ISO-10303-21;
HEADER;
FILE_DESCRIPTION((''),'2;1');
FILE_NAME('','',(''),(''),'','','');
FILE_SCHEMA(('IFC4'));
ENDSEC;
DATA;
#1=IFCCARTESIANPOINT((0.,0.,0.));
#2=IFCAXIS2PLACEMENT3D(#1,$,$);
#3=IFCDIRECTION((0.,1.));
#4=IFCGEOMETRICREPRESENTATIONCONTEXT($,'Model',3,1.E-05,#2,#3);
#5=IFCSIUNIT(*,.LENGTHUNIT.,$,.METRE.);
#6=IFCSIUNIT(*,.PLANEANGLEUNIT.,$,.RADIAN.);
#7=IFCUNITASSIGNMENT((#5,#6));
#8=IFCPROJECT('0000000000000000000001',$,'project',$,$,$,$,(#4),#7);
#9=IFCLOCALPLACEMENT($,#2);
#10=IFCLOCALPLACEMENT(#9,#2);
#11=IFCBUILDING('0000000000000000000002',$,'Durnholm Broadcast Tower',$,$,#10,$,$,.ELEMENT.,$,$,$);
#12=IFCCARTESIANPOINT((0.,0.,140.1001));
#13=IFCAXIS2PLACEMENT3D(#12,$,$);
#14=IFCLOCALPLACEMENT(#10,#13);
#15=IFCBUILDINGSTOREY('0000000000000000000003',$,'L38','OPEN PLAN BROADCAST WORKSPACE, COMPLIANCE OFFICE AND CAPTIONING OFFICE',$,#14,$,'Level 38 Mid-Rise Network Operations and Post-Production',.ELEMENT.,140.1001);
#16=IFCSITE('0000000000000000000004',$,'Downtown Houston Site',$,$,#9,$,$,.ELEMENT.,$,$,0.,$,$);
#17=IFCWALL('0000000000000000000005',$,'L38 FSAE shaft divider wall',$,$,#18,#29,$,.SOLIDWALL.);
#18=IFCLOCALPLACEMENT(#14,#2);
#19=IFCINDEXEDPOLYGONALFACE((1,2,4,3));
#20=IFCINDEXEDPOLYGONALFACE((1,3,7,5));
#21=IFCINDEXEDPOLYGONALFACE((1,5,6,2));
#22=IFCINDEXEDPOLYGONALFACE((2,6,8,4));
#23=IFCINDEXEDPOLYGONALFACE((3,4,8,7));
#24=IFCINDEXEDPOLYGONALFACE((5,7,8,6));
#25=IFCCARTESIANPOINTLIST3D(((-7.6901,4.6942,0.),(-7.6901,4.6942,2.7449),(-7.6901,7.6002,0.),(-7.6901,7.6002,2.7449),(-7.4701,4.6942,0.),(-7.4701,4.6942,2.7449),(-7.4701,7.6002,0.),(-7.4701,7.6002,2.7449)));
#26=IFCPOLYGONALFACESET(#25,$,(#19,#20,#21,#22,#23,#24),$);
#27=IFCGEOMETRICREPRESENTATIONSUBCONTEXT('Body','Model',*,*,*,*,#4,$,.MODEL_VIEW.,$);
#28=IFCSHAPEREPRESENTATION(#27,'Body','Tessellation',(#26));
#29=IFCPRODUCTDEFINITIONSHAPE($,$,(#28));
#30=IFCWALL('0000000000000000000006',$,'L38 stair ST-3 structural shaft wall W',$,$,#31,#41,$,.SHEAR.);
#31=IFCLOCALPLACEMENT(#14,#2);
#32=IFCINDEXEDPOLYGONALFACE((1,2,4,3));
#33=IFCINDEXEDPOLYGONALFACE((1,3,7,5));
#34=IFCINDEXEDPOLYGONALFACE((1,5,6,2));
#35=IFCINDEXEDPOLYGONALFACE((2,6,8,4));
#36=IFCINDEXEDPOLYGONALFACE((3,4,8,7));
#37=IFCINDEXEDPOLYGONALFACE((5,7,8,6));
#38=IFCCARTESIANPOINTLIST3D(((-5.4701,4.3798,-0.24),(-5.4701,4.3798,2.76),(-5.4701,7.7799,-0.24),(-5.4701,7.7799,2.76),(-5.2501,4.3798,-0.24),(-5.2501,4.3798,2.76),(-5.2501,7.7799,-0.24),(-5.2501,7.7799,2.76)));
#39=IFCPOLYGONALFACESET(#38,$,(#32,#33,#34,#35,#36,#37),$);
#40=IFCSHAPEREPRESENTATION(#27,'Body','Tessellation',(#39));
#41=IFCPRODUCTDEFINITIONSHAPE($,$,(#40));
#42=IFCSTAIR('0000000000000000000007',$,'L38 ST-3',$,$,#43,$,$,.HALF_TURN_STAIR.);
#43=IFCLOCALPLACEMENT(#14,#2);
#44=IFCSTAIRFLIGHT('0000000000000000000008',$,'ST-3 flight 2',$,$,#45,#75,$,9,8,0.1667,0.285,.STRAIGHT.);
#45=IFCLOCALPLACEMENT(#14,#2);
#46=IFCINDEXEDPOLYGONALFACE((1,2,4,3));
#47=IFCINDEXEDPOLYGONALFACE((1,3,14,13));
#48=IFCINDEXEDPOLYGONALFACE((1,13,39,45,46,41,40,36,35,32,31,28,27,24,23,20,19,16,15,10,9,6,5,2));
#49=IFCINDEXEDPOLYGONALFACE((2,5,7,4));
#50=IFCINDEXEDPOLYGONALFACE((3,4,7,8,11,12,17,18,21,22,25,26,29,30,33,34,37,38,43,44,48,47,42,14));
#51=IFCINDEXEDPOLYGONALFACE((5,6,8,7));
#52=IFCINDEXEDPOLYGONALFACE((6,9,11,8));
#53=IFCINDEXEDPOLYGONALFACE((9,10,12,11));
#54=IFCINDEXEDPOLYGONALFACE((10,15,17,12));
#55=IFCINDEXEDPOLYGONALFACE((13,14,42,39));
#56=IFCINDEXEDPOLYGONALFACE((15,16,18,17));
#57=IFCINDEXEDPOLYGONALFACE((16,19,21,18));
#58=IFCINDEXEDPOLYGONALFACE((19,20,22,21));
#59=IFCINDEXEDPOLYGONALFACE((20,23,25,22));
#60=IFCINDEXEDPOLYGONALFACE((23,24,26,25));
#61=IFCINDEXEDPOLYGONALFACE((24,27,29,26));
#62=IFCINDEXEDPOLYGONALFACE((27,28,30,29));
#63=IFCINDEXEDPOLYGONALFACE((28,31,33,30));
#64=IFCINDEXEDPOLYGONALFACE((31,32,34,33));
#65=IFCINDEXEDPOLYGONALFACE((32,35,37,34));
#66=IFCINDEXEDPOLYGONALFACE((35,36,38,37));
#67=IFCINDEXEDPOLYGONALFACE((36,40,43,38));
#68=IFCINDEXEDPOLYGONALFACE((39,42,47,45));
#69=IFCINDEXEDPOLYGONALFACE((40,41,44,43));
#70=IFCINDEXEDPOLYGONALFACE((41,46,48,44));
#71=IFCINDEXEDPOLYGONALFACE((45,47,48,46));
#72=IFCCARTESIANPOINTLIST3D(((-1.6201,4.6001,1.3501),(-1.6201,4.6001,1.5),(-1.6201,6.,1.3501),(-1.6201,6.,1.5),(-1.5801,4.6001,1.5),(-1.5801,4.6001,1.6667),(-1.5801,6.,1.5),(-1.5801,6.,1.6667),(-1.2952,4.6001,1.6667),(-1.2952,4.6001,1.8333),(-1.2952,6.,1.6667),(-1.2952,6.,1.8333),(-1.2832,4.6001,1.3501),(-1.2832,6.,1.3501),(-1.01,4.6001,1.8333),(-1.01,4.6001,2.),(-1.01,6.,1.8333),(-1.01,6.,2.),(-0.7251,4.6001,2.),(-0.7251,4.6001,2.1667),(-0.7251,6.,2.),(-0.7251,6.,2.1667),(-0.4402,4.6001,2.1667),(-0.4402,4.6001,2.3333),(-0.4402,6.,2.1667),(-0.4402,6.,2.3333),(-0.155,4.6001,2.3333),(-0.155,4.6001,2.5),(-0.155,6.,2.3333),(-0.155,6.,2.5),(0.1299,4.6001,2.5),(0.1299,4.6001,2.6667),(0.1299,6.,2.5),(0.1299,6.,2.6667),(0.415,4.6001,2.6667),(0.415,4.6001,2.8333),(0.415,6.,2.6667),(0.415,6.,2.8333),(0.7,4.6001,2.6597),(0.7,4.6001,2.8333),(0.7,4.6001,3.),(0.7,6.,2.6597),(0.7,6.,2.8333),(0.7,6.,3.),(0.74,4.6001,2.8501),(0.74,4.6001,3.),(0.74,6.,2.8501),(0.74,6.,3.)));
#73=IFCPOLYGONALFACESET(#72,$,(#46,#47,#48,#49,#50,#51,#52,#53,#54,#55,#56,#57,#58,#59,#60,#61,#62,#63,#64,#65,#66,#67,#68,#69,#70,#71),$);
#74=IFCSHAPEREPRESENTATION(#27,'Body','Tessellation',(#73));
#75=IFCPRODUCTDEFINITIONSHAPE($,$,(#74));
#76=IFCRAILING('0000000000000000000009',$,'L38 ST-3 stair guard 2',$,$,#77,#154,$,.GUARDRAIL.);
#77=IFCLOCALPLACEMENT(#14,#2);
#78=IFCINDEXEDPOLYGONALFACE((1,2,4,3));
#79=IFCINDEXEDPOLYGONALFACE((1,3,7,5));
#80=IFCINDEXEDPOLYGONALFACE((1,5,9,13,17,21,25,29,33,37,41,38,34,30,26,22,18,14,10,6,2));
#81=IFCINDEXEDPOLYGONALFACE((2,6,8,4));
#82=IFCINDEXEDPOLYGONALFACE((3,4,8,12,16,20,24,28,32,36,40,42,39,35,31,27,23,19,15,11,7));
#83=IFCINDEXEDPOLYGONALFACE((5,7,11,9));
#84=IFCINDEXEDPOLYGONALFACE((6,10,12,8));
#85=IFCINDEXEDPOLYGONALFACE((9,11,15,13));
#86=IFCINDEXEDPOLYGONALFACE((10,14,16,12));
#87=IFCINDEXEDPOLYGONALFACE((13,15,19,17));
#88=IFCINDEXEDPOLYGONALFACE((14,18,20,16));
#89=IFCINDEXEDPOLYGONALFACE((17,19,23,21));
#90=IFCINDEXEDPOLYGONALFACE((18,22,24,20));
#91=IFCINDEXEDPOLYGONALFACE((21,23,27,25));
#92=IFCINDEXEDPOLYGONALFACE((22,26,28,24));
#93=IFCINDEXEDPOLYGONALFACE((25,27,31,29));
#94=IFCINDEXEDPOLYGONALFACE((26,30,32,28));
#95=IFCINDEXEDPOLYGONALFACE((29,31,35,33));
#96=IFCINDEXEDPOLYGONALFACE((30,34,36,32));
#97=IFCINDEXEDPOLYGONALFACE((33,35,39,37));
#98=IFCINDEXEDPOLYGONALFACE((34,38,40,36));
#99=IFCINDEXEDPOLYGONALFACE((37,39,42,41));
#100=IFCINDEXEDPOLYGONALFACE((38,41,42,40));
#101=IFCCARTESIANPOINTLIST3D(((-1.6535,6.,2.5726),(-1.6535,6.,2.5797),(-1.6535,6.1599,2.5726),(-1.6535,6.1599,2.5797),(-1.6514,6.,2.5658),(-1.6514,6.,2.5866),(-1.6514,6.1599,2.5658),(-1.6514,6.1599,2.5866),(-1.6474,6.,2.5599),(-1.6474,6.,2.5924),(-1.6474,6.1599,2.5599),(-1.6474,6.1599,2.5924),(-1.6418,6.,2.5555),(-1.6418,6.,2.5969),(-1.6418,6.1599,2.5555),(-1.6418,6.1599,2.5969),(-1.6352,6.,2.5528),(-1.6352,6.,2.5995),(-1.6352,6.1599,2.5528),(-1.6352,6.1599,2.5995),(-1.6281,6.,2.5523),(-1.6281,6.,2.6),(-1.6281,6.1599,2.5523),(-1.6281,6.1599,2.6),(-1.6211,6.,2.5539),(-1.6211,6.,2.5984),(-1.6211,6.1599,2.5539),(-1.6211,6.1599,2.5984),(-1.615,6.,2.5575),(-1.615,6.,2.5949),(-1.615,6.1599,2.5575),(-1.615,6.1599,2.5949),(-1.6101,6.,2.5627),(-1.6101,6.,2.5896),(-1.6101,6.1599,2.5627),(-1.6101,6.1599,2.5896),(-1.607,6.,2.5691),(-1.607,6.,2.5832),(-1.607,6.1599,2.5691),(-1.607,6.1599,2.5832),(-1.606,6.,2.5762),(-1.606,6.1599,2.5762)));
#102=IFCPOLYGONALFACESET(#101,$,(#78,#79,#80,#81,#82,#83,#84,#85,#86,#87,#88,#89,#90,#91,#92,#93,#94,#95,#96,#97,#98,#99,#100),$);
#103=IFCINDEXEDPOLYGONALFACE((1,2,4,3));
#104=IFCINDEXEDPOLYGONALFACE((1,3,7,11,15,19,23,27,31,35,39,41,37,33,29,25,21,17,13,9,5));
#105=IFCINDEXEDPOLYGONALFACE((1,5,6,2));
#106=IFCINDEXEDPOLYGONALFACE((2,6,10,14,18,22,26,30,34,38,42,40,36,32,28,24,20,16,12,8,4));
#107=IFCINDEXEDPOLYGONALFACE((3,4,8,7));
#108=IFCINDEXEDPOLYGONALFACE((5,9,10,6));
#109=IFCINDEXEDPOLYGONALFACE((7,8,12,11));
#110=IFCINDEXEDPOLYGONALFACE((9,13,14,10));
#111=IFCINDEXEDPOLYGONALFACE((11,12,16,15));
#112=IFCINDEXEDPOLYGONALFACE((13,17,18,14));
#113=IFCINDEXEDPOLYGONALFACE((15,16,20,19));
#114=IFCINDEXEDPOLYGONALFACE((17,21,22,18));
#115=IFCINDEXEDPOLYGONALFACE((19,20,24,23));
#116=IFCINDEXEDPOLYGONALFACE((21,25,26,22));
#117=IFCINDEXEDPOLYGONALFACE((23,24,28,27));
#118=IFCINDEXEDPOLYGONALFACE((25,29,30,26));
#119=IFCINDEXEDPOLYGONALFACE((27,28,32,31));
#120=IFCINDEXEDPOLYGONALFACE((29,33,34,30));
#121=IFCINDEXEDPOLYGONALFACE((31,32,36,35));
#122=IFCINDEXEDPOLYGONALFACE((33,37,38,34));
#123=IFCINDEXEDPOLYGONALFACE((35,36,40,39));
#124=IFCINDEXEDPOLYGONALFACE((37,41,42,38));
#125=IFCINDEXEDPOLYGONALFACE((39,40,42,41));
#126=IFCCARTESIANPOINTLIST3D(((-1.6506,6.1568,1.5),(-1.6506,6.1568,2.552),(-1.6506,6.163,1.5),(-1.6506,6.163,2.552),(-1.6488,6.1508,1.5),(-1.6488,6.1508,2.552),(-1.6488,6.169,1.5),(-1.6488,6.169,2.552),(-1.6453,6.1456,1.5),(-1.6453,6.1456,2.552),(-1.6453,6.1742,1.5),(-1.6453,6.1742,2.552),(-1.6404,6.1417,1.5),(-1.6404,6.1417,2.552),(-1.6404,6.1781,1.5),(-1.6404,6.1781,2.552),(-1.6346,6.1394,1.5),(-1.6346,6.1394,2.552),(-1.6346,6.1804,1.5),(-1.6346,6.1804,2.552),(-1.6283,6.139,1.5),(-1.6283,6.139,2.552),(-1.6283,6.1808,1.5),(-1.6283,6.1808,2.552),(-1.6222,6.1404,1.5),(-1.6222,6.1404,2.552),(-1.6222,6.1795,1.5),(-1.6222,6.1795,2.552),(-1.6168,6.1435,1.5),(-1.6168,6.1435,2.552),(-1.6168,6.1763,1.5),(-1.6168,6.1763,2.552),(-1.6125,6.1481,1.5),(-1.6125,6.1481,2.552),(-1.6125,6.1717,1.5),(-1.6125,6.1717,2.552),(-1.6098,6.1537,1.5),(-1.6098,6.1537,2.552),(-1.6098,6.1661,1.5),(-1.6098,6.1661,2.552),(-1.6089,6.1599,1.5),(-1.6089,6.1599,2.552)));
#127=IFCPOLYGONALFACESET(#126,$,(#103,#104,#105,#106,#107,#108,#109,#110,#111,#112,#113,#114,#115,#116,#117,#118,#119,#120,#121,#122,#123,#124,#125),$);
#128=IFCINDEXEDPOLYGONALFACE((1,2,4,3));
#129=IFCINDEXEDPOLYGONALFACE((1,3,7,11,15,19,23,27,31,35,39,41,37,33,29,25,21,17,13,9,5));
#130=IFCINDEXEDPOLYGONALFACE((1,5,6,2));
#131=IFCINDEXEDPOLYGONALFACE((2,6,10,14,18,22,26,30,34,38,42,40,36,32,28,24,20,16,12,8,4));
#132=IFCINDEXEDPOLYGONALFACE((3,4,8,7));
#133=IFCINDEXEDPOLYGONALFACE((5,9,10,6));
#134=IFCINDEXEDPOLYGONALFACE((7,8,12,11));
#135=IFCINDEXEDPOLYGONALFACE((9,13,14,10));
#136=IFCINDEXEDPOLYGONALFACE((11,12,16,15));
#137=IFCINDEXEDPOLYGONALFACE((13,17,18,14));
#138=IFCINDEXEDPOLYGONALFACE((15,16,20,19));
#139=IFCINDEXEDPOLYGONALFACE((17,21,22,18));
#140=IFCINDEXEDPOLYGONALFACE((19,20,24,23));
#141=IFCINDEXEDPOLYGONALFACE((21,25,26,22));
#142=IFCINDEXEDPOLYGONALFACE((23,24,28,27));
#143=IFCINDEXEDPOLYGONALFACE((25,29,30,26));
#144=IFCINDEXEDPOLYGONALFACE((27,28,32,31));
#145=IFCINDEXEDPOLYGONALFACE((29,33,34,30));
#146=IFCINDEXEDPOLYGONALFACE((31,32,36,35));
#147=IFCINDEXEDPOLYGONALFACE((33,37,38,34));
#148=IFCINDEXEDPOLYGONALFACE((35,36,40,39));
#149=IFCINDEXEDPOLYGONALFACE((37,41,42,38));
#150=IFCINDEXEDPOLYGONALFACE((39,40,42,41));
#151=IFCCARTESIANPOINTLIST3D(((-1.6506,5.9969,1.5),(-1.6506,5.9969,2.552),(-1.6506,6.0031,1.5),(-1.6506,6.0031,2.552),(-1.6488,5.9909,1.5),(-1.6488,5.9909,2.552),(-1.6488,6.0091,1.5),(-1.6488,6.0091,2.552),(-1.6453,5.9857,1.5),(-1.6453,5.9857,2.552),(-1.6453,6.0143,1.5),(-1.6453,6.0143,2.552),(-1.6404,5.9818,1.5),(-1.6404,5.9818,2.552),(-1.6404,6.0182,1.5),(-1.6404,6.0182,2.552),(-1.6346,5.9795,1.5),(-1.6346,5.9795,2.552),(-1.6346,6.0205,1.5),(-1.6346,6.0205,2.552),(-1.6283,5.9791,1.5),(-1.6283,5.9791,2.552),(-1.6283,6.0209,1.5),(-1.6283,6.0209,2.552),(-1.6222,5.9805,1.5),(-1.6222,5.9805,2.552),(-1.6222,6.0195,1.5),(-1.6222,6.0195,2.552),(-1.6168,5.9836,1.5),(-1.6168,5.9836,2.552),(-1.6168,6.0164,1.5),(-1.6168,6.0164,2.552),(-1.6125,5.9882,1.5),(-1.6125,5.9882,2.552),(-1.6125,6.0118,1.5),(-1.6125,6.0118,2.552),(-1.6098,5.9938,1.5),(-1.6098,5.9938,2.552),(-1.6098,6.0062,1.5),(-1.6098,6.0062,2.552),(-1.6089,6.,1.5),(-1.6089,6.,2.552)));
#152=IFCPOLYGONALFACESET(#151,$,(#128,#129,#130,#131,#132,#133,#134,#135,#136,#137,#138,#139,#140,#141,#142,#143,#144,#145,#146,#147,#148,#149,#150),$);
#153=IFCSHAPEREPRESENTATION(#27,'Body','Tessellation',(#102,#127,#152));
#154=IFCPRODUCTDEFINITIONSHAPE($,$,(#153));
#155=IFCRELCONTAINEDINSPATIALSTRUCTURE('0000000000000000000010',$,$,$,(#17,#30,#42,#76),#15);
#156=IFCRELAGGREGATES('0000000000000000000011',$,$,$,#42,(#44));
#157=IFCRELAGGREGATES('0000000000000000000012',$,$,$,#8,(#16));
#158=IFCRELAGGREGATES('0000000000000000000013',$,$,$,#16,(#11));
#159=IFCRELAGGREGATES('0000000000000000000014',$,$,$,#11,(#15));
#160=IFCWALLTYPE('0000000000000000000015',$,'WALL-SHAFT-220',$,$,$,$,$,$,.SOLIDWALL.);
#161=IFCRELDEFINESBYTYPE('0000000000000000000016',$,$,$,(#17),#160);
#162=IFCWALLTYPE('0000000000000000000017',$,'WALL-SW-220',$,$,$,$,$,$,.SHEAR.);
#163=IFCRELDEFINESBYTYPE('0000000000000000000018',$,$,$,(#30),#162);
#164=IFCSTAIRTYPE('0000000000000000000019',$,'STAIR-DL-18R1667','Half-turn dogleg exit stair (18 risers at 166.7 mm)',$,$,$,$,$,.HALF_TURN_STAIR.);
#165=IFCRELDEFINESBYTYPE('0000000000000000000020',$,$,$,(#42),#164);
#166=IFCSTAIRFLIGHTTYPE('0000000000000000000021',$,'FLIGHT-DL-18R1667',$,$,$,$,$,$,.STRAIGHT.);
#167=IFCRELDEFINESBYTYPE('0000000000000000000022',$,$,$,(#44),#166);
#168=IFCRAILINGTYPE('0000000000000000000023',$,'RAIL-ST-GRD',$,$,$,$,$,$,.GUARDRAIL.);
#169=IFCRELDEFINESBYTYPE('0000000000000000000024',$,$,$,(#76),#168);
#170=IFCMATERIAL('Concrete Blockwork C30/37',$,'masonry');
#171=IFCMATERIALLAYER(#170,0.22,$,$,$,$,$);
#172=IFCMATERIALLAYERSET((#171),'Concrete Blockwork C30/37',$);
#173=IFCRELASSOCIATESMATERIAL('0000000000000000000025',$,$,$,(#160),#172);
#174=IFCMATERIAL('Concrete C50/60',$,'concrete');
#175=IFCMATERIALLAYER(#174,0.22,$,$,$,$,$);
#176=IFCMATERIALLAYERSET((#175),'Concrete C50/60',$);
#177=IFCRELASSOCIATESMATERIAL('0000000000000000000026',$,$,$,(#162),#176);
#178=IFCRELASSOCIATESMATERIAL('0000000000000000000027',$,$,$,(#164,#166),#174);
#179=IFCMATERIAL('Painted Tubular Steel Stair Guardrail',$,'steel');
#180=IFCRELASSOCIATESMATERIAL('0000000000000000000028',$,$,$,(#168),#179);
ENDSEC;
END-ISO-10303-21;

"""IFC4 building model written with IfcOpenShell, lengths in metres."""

from ifc_helpers import new_model, si_unit, direction, frame, frame_2d, origin, origin_2d, place, context, subcontext, project, spatial, polyline, rectangle, circle, outline, extrude, material, layer, layer_set, type_object, element, aggregate, save


model = new_model("IFC4")

# Units and contexts
model_context = context("Model", 3, precision=1e-05, world=origin(), true_north=direction((0.0, 1.0)))
body_context = subcontext(model_context, "Body", "Model", "MODEL_VIEW")
ifc_project = project(units=[si_unit("LENGTHUNIT", "METRE"), si_unit("PLANEANGLEUNIT", "RADIAN")], contexts=[model_context])

# Site, building, storey
site_placement = place(None, origin())
site = spatial("IfcSite", under=ifc_project, at=site_placement, Name="Downtown Houston Site", CompositionType="ELEMENT", RefElevation=0.0)
building_placement = place(site_placement, origin())
building = spatial("IfcBuilding", under=site, at=building_placement, Name="Durnholm Broadcast Tower", CompositionType="ELEMENT")
storey_placement = place(building_placement, frame((0.0, 0.0, 140.1001)))
storey = spatial("IfcBuildingStorey", under=building, at=storey_placement, Name="L38", Description="OPEN PLAN BROADCAST WORKSPACE, COMPLIANCE OFFICE AND CAPTIONING OFFICE", LongName="Level 38 Mid-Rise Network Operations and Post-Production", CompositionType="ELEMENT", Elevation=140.1001)

# Shared definitions
ifc_material_1 = material(Name="Concrete Blockwork C30/37", Category="masonry")
ifc_layer_1 = layer(ifc_material_1, 0.22)
ifc_layer_set_1 = layer_set([ifc_layer_1], Name="Concrete Blockwork C30/37")
wall_type_1 = type_object("IfcWallType", Name="WALL-SHAFT-220", PredefinedType="SOLIDWALL", material=ifc_layer_set_1)

# Walls
wall_1_placement = place(storey_placement, frame((-7.5801, 4.6941, 0.0), z_axis=(0.0, 0.0, 1.0), x_axis=(0.0, 1.0, 0.0)))
element("IfcWall", 1, at=wall_1_placement, inside=storey, type_object=wall_type_1, Name="L38 FSAE shaft divider wall", PredefinedType="SOLIDWALL", context=body_context, shape_type="SweptSolid", body=[
    extrude(rectangle(XDim=2.906, YDim=0.22, at=frame_2d((1.4531, 0.0))), origin(), (0.0, 0.0, 1.0), 2.7449),
])
ifc_material_2 = material(Name="Concrete C50/60", Category="concrete")
ifc_layer_2 = layer(ifc_material_2, 0.22)
ifc_layer_set_2 = layer_set([ifc_layer_2], Name="Concrete C50/60")
wall_type_2 = type_object("IfcWallType", Name="WALL-SW-220", PredefinedType="SHEAR", material=ifc_layer_set_2)
wall_2_placement = place(storey_placement, frame((-5.3601, 7.78, -0.24), z_axis=(0.0, 0.0, 1.0), x_axis=(0.0, -1.0, 0.0)))
element("IfcWall", 2, at=wall_2_placement, inside=storey, type_object=wall_type_2, Name="L38 stair ST-3 structural shaft wall W", PredefinedType="SHEAR", context=body_context, shape_type="SweptSolid", body=[
    extrude(rectangle(XDim=3.4001, YDim=0.22, at=frame_2d((1.7002, 0.0))), origin(), (0.0, 0.0, 1.0), 3.0),
])

# Stair, stair flight
stair_type = type_object("IfcStairType", Name="STAIR-DL-18R1667", Description="Half-turn dogleg exit stair (18 risers at 166.7 mm)", PredefinedType="HALF_TURN_STAIR", material=ifc_material_2)
stair_placement = place(storey_placement, origin())
stair = element("IfcStair", 3, at=stair_placement, inside=storey, type_object=stair_type, Name="L38 ST-3", PredefinedType="HALF_TURN_STAIR")
stair_flight_type = type_object("IfcStairFlightType", Name="FLIGHT-DL-18R1667", PredefinedType="STRAIGHT", material=ifc_material_2)
stair_flight_placement = place(storey_placement, frame((-1.5801, 5.3, 1.5), z_axis=(0.0, 0.0, 1.0), x_axis=(1.0, 0.0, 0.0)))
stair_flight = element("IfcStairFlight", 4, at=stair_flight_placement, type_object=stair_flight_type, Name="ST-3 flight 2", NumberOfRisers=9, NumberOfTreads=8, PredefinedType="STRAIGHT", RiserHeight=0.1667, TreadLength=0.285, context=body_context, shape_type="SweptSolid", body=[
    extrude(outline(polyline([(-0.04, -0.1499), (-0.04, 0.0), (0.0, 0.0), (0.0, 0.1667), (0.2849, 0.1667), (0.2849, 0.3333), (0.5701, 0.3333), (0.5701, 0.5), (0.855, 0.5), (0.855, 0.6667), (1.1399, 0.6667), (1.1399, 0.8333), (1.425, 0.8333), (1.425, 1.0), (1.71, 1.0), (1.71, 1.1667), (1.9951, 1.1667), (1.9951, 1.3333), (2.28, 1.3333), (2.28, 1.5), (2.3201, 1.5), (2.3201, 1.3501), (2.28, 1.1597), (0.2969, -0.1499), (-0.04, -0.1499)])), frame((0.0, 0.7, 0.0), z_axis=(0.0, -1.0, 0.0), x_axis=(1.0, 0.0, 0.0)), (0.0, 0.0, 1.0), 1.3999),
])
aggregate(stair, [stair_flight])

# Railing
ifc_material_3 = material(Name="Painted Tubular Steel Stair Guardrail", Category="steel")
railing_type_1 = type_object("IfcRailingType", Name="RAIL-ST-GRD", PredefinedType="GUARDRAIL", material=ifc_material_3)
railing_1_placement = place(storey_placement, frame((-1.6299, 6.1599, 1.5)))
element("IfcRailing", 5, at=railing_1_placement, inside=storey, type_object=railing_type_1, Name="L38 ST-3 stair guard 2", PredefinedType="GUARDRAIL", context=body_context, shape_type="SweptSolid", body=[
    extrude(circle(Radius=0.0239, at=origin_2d()), frame((0.0, 0.0, 1.0762), z_axis=(0.0, -1.0, 0.0), x_axis=(1.0, 0.0, 0.0)), (0.0, 0.0, 1.0), 0.1599),
    extrude(circle(Radius=0.021, at=origin_2d()), origin(), (0.0, 0.0, 1.0), 1.052),
    extrude(circle(Radius=0.021, at=origin_2d()), frame((0.0, -0.1599, 0.0)), (0.0, 0.0, 1.0), 1.052),
])

save(model, "model.ifc")
